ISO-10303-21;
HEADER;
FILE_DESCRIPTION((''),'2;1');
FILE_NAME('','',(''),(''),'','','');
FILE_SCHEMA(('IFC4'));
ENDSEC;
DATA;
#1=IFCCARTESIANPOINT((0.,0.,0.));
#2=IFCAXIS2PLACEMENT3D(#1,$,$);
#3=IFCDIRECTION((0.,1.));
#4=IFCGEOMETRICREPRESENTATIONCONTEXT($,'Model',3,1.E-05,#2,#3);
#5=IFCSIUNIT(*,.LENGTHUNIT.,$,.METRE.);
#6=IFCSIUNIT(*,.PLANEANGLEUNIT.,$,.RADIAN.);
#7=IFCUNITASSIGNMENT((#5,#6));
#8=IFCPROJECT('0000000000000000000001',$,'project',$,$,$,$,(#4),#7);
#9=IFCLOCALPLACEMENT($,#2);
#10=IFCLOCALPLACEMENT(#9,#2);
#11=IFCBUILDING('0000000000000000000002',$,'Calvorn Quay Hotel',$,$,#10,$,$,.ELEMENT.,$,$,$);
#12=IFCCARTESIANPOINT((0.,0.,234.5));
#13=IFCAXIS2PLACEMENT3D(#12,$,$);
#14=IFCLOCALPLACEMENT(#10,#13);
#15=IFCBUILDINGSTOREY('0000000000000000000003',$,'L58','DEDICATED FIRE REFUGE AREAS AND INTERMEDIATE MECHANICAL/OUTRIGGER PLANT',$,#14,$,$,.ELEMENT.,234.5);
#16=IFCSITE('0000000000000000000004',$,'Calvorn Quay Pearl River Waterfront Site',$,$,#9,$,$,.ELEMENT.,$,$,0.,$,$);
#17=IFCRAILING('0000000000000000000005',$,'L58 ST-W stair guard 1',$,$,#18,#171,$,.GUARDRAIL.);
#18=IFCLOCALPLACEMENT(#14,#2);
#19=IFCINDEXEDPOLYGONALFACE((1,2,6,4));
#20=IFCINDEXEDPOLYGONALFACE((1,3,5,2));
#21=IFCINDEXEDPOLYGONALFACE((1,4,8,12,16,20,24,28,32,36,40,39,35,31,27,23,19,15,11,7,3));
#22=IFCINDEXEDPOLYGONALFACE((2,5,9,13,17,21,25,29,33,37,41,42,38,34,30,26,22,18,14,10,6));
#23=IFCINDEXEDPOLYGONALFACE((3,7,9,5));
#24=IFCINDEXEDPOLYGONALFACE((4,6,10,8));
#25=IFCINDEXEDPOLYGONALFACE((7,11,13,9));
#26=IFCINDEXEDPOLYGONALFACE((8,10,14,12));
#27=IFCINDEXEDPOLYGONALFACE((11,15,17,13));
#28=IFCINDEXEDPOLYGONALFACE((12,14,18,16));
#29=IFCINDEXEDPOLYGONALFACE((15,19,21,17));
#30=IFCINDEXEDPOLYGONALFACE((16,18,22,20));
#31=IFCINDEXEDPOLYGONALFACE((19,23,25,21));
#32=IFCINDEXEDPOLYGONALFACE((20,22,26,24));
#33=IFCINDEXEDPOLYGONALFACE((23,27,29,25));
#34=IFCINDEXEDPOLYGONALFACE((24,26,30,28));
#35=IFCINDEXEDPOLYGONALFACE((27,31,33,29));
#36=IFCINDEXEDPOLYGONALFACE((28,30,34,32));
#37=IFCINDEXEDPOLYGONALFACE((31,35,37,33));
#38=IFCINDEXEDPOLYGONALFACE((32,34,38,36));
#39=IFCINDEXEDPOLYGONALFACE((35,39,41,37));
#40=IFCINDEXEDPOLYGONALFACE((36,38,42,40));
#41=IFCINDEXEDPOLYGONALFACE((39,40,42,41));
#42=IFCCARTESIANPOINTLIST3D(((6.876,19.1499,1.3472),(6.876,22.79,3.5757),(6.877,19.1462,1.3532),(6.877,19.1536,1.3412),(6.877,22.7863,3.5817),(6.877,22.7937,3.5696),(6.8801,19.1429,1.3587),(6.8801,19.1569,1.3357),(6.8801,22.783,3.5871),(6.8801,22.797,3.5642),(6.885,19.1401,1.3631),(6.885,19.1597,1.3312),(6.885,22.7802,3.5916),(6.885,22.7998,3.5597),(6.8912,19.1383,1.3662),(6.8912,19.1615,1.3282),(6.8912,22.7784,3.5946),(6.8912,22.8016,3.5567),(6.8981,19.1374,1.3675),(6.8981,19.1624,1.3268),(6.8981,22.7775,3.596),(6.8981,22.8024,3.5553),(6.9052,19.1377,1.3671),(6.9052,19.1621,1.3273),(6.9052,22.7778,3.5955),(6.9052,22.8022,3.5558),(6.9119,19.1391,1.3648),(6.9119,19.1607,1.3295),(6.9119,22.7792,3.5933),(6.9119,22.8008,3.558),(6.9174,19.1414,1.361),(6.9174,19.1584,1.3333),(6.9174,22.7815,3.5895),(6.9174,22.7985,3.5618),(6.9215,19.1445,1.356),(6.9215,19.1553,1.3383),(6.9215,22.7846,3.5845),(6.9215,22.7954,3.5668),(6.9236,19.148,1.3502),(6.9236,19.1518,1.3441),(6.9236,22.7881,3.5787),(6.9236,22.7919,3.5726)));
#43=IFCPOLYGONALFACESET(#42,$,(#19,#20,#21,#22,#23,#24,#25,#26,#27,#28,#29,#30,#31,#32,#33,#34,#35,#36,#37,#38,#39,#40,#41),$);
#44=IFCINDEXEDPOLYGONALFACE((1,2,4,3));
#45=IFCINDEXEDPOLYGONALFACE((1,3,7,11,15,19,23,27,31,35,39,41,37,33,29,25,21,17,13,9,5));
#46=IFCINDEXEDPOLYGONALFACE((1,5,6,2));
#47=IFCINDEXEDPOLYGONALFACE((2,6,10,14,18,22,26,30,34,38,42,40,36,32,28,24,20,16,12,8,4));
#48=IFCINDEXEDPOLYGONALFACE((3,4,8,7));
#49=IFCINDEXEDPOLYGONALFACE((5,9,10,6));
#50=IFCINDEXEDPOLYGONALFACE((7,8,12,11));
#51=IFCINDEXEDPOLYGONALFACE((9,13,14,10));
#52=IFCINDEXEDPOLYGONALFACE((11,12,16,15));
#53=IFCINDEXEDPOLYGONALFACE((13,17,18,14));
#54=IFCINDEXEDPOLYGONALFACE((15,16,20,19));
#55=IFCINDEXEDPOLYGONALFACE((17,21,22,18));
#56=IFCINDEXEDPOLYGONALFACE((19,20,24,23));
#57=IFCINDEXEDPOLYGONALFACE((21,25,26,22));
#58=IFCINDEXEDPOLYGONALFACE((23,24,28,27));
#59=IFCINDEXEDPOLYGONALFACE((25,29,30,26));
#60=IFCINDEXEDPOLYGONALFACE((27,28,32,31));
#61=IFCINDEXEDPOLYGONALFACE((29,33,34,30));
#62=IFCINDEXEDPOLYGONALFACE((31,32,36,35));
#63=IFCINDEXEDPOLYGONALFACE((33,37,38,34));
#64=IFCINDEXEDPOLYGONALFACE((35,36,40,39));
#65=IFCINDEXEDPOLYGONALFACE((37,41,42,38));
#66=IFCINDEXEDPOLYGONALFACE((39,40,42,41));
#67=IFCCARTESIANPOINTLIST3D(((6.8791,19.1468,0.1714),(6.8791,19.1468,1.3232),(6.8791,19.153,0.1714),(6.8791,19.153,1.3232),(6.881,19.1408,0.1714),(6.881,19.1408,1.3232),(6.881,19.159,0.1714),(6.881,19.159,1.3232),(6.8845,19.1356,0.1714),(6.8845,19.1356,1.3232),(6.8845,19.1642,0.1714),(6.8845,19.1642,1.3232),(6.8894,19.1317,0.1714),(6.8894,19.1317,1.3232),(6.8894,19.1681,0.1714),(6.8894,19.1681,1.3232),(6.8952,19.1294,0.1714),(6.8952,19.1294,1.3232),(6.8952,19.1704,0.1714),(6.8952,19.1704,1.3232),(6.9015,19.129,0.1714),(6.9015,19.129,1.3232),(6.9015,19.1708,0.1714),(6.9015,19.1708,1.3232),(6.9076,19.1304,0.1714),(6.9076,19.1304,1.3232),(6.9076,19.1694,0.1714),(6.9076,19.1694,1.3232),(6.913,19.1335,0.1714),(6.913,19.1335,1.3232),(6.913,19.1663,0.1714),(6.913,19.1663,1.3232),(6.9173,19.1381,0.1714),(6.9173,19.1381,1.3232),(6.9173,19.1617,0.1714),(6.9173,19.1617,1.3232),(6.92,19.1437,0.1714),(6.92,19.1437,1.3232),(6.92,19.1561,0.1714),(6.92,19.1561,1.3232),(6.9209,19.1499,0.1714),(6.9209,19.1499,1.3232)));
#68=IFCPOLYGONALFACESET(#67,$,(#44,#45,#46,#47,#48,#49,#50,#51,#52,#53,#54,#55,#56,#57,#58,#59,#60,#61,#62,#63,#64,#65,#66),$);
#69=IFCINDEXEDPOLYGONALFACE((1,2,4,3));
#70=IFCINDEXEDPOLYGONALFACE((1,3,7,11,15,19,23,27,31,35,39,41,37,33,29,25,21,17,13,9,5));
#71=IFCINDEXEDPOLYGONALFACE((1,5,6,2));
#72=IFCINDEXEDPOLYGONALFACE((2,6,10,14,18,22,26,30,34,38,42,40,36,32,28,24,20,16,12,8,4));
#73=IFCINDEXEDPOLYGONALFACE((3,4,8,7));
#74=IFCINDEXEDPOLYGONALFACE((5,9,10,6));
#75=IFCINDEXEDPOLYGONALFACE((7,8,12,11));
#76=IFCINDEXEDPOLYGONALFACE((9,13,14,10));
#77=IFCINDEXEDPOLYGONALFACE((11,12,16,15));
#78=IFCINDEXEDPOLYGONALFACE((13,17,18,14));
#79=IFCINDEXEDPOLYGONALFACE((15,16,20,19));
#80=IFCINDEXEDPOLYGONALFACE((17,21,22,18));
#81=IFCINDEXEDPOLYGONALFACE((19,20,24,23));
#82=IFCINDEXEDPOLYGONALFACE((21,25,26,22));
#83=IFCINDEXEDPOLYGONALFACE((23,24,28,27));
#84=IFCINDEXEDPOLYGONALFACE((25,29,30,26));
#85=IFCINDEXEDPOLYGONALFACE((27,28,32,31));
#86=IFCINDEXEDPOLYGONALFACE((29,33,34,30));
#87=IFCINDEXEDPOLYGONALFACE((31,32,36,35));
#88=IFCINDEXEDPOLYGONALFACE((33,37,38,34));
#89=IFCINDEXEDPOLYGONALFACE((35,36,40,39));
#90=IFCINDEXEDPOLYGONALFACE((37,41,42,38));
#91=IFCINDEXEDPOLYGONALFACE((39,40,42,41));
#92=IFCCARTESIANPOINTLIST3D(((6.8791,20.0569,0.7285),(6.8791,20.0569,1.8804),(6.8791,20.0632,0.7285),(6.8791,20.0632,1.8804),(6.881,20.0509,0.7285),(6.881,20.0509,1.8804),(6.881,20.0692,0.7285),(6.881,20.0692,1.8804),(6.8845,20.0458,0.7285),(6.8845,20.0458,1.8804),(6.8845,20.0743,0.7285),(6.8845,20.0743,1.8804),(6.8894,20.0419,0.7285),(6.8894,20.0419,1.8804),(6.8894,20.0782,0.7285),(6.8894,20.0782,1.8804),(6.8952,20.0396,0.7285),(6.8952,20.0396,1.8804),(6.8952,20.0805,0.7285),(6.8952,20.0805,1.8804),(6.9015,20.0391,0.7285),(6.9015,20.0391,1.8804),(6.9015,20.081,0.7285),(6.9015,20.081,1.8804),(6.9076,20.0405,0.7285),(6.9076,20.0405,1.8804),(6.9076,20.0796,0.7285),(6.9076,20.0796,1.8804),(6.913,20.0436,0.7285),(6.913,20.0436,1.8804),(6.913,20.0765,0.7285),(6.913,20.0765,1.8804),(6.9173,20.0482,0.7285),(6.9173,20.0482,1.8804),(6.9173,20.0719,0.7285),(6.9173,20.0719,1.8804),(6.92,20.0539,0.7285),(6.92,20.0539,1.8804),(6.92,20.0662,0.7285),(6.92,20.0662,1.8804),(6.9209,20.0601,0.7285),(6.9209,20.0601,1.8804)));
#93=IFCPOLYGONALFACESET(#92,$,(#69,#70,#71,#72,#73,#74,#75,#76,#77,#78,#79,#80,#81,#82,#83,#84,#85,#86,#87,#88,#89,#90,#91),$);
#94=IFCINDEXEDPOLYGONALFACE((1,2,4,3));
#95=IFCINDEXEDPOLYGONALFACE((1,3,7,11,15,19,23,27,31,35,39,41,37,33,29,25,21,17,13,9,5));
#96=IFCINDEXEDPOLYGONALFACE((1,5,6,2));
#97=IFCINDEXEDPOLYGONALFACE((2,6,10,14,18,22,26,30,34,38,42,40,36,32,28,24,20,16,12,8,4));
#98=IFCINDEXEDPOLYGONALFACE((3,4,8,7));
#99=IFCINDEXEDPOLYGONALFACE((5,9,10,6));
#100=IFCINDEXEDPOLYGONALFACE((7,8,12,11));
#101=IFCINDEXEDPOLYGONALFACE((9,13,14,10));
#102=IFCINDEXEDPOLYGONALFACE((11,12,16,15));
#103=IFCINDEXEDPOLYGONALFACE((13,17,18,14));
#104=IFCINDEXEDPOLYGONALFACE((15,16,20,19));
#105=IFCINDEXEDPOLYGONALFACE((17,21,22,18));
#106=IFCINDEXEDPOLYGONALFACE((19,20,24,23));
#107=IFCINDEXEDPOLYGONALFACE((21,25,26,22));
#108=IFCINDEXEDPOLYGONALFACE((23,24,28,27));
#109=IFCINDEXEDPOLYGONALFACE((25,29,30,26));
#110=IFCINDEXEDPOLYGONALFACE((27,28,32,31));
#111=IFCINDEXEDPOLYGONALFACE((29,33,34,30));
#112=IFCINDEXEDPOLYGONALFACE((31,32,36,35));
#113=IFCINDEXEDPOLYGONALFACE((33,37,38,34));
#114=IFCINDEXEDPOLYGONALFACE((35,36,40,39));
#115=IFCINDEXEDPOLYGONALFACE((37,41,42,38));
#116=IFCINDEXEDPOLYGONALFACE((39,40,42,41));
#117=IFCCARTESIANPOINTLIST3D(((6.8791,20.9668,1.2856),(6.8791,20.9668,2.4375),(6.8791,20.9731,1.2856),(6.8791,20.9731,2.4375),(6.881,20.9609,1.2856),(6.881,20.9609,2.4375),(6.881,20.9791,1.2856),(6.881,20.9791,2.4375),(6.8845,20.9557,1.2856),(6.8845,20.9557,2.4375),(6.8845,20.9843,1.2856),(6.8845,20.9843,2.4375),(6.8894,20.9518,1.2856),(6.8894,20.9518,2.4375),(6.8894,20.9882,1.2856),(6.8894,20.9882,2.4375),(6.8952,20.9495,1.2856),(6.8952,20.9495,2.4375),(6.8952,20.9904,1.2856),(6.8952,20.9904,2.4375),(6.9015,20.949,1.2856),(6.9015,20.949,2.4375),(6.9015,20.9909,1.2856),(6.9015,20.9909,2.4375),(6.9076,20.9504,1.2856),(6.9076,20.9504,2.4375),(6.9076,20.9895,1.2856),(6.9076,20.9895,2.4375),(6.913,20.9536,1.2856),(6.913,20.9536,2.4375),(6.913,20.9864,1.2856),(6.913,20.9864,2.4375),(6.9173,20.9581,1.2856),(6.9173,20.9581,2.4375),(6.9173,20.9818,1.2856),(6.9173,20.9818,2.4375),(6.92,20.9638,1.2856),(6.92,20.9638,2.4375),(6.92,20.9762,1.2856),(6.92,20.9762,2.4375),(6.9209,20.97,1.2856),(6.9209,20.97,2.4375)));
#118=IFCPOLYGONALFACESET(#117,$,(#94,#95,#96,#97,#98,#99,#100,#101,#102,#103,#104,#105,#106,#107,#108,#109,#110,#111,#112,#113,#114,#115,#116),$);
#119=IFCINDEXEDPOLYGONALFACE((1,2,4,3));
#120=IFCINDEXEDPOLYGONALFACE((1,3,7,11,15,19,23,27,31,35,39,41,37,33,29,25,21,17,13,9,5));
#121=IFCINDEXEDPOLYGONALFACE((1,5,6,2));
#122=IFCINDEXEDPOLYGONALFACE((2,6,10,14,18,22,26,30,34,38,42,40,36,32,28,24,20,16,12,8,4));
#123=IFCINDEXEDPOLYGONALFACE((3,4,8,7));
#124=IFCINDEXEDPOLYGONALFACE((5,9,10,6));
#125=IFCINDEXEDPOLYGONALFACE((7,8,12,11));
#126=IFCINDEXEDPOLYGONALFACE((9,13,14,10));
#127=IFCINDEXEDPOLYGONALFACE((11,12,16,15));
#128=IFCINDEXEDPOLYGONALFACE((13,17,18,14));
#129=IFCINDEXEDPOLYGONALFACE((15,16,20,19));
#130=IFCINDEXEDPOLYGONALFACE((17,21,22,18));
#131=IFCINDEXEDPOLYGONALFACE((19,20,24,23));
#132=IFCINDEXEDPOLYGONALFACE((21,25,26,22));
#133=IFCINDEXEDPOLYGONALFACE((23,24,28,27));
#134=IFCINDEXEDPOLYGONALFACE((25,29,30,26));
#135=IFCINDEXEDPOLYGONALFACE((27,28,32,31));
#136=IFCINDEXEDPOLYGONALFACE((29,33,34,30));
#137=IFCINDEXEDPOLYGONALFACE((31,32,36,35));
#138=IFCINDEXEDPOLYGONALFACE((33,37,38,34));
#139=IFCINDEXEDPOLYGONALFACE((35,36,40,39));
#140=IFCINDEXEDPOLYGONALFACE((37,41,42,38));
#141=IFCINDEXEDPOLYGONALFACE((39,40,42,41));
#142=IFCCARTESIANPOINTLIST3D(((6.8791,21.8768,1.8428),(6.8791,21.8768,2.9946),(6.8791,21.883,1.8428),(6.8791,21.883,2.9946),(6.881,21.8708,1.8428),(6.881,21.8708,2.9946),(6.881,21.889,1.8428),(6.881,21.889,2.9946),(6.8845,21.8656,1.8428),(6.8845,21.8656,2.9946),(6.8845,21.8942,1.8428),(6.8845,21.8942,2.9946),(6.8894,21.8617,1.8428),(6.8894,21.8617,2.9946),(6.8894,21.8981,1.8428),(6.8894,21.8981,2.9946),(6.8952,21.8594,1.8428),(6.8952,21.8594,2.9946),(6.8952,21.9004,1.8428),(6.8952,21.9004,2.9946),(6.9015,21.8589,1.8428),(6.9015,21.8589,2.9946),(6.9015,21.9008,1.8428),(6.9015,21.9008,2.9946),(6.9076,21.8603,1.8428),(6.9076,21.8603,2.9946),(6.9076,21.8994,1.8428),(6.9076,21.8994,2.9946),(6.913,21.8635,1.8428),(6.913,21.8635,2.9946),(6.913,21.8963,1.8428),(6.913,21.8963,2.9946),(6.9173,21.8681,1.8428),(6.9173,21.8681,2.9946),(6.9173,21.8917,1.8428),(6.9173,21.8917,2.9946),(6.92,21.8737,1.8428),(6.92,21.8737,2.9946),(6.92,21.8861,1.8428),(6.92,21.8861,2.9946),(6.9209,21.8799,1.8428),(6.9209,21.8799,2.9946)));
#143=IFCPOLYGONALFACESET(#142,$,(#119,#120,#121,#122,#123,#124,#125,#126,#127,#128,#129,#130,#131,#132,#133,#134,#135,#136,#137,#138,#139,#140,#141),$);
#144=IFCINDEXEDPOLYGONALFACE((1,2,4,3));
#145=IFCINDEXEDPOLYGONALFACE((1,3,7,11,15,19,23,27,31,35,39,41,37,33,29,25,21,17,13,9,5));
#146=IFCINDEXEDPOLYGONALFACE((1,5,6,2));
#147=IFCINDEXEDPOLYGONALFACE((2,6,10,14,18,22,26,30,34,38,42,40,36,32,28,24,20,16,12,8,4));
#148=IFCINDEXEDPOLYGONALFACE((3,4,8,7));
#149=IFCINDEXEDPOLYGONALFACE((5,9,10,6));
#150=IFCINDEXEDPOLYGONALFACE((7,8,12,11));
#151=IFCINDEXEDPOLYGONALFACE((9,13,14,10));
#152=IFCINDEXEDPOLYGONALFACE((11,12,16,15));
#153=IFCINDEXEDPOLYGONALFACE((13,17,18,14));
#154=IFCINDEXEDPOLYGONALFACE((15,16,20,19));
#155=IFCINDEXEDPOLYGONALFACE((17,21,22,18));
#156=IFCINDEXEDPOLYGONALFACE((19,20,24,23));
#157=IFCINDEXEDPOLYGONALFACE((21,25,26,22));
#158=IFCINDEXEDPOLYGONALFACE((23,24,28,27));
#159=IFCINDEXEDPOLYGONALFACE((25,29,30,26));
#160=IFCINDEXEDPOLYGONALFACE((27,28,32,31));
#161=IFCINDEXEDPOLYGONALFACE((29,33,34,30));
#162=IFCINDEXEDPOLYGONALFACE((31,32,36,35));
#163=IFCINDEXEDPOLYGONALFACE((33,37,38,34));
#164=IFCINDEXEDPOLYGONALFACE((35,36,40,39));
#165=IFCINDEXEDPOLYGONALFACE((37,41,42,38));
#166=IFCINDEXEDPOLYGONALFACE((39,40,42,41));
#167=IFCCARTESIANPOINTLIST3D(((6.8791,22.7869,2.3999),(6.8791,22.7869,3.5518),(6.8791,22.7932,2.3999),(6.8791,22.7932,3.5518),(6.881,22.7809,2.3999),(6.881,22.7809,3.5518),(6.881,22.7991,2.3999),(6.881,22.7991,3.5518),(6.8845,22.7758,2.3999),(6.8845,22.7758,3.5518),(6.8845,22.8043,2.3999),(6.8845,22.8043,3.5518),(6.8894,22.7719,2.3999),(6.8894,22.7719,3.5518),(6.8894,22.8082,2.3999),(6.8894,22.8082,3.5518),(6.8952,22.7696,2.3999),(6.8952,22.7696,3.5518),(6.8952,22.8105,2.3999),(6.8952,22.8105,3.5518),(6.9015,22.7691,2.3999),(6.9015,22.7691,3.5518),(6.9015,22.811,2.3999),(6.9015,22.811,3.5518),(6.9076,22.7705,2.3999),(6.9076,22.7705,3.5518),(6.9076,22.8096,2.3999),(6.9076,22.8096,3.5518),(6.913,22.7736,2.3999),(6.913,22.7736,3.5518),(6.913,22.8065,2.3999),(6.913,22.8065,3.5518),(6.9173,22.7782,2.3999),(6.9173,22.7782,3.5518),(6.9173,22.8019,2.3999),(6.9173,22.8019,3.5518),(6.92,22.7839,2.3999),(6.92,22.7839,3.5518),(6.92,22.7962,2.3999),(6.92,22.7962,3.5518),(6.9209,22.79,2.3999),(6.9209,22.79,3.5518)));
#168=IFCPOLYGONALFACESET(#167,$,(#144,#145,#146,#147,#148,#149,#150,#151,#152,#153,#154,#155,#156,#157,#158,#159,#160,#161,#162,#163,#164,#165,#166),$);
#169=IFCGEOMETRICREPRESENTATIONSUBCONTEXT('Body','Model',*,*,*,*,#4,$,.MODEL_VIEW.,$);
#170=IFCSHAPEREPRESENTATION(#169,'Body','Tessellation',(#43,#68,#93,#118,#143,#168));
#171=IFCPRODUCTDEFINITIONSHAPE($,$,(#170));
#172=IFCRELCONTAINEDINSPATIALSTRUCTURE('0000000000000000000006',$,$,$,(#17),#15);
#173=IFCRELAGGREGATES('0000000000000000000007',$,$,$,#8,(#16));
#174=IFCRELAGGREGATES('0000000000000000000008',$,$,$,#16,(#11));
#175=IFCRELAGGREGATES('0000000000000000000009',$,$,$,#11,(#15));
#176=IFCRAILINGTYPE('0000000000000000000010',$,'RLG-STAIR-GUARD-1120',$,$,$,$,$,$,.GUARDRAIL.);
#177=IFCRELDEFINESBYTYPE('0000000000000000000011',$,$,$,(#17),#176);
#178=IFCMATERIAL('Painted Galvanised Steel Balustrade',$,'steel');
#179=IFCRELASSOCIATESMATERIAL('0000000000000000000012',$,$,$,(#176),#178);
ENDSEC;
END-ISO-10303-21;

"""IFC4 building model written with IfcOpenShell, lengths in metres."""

from ifc_helpers import new_model, si_unit, direction, frame, origin, origin_2d, place, context, subcontext, project, spatial, circle, extrude, material, type_object, element, save


model = new_model("IFC4")

# Units and contexts
model_context = context("Model", 3, precision=1e-05, world=origin(), true_north=direction((0.0, 1.0)))
body_context = subcontext(model_context, "Body", "Model", "MODEL_VIEW")
ifc_project = project(units=[si_unit("LENGTHUNIT", "METRE"), si_unit("PLANEANGLEUNIT", "RADIAN")], contexts=[model_context])

# Site, building, storey
site_placement = place(None, origin())
site = spatial("IfcSite", under=ifc_project, at=site_placement, Name="Calvorn Quay Pearl River Waterfront Site", CompositionType="ELEMENT", RefElevation=0.0)
building_placement = place(site_placement, origin())
building = spatial("IfcBuilding", under=site, at=building_placement, Name="Calvorn Quay Hotel", CompositionType="ELEMENT")
storey_placement = place(building_placement, frame((0.0, 0.0, 234.5)))
storey = spatial("IfcBuildingStorey", under=building, at=storey_placement, Name="L58", Description="DEDICATED FIRE REFUGE AREAS AND INTERMEDIATE MECHANICAL/OUTRIGGER PLANT", CompositionType="ELEMENT", Elevation=234.5)

# Railing
ifc_material_1 = material(Name="Painted Galvanised Steel Balustrade", Category="steel")
railing_type_1 = type_object("IfcRailingType", Name="RLG-STAIR-GUARD-1120", PredefinedType="GUARDRAIL", material=ifc_material_1)
railing_1_placement = place(storey_placement, frame((6.8999, 19.1499, 0.1714)))
element("IfcRailing", 1, at=railing_1_placement, inside=storey, type_object=railing_type_1, Name="L58 ST-W stair guard 1", PredefinedType="GUARDRAIL", context=body_context, shape_type="SweptSolid", body=[
    extrude(circle(Radius=0.0239, at=origin_2d()), frame((0.0, 0.0, 1.1758), z_axis=(0.0, 0.852866, 0.52213), x_axis=(-1.0, 0.0, 0.0)), (0.0, 0.0, 1.0), 4.2681),
    extrude(circle(Radius=0.021, at=origin_2d()), origin(), (0.0, 0.0, 1.0), 1.1519),
    extrude(circle(Radius=0.021, at=origin_2d()), frame((0.0, 0.9102, 0.5571)), (0.0, 0.0, 1.0), 1.1519),
    extrude(circle(Radius=0.021, at=origin_2d()), frame((0.0, 1.8201, 1.1143)), (0.0, 0.0, 1.0), 1.1519),
    extrude(circle(Radius=0.021, at=origin_2d()), frame((0.0, 2.73, 1.6714)), (0.0, 0.0, 1.0), 1.1519),
    extrude(circle(Radius=0.021, at=origin_2d()), frame((0.0, 3.6401, 2.2285)), (0.0, 0.0, 1.0), 1.1519),
])

save(model, "model.ifc")
